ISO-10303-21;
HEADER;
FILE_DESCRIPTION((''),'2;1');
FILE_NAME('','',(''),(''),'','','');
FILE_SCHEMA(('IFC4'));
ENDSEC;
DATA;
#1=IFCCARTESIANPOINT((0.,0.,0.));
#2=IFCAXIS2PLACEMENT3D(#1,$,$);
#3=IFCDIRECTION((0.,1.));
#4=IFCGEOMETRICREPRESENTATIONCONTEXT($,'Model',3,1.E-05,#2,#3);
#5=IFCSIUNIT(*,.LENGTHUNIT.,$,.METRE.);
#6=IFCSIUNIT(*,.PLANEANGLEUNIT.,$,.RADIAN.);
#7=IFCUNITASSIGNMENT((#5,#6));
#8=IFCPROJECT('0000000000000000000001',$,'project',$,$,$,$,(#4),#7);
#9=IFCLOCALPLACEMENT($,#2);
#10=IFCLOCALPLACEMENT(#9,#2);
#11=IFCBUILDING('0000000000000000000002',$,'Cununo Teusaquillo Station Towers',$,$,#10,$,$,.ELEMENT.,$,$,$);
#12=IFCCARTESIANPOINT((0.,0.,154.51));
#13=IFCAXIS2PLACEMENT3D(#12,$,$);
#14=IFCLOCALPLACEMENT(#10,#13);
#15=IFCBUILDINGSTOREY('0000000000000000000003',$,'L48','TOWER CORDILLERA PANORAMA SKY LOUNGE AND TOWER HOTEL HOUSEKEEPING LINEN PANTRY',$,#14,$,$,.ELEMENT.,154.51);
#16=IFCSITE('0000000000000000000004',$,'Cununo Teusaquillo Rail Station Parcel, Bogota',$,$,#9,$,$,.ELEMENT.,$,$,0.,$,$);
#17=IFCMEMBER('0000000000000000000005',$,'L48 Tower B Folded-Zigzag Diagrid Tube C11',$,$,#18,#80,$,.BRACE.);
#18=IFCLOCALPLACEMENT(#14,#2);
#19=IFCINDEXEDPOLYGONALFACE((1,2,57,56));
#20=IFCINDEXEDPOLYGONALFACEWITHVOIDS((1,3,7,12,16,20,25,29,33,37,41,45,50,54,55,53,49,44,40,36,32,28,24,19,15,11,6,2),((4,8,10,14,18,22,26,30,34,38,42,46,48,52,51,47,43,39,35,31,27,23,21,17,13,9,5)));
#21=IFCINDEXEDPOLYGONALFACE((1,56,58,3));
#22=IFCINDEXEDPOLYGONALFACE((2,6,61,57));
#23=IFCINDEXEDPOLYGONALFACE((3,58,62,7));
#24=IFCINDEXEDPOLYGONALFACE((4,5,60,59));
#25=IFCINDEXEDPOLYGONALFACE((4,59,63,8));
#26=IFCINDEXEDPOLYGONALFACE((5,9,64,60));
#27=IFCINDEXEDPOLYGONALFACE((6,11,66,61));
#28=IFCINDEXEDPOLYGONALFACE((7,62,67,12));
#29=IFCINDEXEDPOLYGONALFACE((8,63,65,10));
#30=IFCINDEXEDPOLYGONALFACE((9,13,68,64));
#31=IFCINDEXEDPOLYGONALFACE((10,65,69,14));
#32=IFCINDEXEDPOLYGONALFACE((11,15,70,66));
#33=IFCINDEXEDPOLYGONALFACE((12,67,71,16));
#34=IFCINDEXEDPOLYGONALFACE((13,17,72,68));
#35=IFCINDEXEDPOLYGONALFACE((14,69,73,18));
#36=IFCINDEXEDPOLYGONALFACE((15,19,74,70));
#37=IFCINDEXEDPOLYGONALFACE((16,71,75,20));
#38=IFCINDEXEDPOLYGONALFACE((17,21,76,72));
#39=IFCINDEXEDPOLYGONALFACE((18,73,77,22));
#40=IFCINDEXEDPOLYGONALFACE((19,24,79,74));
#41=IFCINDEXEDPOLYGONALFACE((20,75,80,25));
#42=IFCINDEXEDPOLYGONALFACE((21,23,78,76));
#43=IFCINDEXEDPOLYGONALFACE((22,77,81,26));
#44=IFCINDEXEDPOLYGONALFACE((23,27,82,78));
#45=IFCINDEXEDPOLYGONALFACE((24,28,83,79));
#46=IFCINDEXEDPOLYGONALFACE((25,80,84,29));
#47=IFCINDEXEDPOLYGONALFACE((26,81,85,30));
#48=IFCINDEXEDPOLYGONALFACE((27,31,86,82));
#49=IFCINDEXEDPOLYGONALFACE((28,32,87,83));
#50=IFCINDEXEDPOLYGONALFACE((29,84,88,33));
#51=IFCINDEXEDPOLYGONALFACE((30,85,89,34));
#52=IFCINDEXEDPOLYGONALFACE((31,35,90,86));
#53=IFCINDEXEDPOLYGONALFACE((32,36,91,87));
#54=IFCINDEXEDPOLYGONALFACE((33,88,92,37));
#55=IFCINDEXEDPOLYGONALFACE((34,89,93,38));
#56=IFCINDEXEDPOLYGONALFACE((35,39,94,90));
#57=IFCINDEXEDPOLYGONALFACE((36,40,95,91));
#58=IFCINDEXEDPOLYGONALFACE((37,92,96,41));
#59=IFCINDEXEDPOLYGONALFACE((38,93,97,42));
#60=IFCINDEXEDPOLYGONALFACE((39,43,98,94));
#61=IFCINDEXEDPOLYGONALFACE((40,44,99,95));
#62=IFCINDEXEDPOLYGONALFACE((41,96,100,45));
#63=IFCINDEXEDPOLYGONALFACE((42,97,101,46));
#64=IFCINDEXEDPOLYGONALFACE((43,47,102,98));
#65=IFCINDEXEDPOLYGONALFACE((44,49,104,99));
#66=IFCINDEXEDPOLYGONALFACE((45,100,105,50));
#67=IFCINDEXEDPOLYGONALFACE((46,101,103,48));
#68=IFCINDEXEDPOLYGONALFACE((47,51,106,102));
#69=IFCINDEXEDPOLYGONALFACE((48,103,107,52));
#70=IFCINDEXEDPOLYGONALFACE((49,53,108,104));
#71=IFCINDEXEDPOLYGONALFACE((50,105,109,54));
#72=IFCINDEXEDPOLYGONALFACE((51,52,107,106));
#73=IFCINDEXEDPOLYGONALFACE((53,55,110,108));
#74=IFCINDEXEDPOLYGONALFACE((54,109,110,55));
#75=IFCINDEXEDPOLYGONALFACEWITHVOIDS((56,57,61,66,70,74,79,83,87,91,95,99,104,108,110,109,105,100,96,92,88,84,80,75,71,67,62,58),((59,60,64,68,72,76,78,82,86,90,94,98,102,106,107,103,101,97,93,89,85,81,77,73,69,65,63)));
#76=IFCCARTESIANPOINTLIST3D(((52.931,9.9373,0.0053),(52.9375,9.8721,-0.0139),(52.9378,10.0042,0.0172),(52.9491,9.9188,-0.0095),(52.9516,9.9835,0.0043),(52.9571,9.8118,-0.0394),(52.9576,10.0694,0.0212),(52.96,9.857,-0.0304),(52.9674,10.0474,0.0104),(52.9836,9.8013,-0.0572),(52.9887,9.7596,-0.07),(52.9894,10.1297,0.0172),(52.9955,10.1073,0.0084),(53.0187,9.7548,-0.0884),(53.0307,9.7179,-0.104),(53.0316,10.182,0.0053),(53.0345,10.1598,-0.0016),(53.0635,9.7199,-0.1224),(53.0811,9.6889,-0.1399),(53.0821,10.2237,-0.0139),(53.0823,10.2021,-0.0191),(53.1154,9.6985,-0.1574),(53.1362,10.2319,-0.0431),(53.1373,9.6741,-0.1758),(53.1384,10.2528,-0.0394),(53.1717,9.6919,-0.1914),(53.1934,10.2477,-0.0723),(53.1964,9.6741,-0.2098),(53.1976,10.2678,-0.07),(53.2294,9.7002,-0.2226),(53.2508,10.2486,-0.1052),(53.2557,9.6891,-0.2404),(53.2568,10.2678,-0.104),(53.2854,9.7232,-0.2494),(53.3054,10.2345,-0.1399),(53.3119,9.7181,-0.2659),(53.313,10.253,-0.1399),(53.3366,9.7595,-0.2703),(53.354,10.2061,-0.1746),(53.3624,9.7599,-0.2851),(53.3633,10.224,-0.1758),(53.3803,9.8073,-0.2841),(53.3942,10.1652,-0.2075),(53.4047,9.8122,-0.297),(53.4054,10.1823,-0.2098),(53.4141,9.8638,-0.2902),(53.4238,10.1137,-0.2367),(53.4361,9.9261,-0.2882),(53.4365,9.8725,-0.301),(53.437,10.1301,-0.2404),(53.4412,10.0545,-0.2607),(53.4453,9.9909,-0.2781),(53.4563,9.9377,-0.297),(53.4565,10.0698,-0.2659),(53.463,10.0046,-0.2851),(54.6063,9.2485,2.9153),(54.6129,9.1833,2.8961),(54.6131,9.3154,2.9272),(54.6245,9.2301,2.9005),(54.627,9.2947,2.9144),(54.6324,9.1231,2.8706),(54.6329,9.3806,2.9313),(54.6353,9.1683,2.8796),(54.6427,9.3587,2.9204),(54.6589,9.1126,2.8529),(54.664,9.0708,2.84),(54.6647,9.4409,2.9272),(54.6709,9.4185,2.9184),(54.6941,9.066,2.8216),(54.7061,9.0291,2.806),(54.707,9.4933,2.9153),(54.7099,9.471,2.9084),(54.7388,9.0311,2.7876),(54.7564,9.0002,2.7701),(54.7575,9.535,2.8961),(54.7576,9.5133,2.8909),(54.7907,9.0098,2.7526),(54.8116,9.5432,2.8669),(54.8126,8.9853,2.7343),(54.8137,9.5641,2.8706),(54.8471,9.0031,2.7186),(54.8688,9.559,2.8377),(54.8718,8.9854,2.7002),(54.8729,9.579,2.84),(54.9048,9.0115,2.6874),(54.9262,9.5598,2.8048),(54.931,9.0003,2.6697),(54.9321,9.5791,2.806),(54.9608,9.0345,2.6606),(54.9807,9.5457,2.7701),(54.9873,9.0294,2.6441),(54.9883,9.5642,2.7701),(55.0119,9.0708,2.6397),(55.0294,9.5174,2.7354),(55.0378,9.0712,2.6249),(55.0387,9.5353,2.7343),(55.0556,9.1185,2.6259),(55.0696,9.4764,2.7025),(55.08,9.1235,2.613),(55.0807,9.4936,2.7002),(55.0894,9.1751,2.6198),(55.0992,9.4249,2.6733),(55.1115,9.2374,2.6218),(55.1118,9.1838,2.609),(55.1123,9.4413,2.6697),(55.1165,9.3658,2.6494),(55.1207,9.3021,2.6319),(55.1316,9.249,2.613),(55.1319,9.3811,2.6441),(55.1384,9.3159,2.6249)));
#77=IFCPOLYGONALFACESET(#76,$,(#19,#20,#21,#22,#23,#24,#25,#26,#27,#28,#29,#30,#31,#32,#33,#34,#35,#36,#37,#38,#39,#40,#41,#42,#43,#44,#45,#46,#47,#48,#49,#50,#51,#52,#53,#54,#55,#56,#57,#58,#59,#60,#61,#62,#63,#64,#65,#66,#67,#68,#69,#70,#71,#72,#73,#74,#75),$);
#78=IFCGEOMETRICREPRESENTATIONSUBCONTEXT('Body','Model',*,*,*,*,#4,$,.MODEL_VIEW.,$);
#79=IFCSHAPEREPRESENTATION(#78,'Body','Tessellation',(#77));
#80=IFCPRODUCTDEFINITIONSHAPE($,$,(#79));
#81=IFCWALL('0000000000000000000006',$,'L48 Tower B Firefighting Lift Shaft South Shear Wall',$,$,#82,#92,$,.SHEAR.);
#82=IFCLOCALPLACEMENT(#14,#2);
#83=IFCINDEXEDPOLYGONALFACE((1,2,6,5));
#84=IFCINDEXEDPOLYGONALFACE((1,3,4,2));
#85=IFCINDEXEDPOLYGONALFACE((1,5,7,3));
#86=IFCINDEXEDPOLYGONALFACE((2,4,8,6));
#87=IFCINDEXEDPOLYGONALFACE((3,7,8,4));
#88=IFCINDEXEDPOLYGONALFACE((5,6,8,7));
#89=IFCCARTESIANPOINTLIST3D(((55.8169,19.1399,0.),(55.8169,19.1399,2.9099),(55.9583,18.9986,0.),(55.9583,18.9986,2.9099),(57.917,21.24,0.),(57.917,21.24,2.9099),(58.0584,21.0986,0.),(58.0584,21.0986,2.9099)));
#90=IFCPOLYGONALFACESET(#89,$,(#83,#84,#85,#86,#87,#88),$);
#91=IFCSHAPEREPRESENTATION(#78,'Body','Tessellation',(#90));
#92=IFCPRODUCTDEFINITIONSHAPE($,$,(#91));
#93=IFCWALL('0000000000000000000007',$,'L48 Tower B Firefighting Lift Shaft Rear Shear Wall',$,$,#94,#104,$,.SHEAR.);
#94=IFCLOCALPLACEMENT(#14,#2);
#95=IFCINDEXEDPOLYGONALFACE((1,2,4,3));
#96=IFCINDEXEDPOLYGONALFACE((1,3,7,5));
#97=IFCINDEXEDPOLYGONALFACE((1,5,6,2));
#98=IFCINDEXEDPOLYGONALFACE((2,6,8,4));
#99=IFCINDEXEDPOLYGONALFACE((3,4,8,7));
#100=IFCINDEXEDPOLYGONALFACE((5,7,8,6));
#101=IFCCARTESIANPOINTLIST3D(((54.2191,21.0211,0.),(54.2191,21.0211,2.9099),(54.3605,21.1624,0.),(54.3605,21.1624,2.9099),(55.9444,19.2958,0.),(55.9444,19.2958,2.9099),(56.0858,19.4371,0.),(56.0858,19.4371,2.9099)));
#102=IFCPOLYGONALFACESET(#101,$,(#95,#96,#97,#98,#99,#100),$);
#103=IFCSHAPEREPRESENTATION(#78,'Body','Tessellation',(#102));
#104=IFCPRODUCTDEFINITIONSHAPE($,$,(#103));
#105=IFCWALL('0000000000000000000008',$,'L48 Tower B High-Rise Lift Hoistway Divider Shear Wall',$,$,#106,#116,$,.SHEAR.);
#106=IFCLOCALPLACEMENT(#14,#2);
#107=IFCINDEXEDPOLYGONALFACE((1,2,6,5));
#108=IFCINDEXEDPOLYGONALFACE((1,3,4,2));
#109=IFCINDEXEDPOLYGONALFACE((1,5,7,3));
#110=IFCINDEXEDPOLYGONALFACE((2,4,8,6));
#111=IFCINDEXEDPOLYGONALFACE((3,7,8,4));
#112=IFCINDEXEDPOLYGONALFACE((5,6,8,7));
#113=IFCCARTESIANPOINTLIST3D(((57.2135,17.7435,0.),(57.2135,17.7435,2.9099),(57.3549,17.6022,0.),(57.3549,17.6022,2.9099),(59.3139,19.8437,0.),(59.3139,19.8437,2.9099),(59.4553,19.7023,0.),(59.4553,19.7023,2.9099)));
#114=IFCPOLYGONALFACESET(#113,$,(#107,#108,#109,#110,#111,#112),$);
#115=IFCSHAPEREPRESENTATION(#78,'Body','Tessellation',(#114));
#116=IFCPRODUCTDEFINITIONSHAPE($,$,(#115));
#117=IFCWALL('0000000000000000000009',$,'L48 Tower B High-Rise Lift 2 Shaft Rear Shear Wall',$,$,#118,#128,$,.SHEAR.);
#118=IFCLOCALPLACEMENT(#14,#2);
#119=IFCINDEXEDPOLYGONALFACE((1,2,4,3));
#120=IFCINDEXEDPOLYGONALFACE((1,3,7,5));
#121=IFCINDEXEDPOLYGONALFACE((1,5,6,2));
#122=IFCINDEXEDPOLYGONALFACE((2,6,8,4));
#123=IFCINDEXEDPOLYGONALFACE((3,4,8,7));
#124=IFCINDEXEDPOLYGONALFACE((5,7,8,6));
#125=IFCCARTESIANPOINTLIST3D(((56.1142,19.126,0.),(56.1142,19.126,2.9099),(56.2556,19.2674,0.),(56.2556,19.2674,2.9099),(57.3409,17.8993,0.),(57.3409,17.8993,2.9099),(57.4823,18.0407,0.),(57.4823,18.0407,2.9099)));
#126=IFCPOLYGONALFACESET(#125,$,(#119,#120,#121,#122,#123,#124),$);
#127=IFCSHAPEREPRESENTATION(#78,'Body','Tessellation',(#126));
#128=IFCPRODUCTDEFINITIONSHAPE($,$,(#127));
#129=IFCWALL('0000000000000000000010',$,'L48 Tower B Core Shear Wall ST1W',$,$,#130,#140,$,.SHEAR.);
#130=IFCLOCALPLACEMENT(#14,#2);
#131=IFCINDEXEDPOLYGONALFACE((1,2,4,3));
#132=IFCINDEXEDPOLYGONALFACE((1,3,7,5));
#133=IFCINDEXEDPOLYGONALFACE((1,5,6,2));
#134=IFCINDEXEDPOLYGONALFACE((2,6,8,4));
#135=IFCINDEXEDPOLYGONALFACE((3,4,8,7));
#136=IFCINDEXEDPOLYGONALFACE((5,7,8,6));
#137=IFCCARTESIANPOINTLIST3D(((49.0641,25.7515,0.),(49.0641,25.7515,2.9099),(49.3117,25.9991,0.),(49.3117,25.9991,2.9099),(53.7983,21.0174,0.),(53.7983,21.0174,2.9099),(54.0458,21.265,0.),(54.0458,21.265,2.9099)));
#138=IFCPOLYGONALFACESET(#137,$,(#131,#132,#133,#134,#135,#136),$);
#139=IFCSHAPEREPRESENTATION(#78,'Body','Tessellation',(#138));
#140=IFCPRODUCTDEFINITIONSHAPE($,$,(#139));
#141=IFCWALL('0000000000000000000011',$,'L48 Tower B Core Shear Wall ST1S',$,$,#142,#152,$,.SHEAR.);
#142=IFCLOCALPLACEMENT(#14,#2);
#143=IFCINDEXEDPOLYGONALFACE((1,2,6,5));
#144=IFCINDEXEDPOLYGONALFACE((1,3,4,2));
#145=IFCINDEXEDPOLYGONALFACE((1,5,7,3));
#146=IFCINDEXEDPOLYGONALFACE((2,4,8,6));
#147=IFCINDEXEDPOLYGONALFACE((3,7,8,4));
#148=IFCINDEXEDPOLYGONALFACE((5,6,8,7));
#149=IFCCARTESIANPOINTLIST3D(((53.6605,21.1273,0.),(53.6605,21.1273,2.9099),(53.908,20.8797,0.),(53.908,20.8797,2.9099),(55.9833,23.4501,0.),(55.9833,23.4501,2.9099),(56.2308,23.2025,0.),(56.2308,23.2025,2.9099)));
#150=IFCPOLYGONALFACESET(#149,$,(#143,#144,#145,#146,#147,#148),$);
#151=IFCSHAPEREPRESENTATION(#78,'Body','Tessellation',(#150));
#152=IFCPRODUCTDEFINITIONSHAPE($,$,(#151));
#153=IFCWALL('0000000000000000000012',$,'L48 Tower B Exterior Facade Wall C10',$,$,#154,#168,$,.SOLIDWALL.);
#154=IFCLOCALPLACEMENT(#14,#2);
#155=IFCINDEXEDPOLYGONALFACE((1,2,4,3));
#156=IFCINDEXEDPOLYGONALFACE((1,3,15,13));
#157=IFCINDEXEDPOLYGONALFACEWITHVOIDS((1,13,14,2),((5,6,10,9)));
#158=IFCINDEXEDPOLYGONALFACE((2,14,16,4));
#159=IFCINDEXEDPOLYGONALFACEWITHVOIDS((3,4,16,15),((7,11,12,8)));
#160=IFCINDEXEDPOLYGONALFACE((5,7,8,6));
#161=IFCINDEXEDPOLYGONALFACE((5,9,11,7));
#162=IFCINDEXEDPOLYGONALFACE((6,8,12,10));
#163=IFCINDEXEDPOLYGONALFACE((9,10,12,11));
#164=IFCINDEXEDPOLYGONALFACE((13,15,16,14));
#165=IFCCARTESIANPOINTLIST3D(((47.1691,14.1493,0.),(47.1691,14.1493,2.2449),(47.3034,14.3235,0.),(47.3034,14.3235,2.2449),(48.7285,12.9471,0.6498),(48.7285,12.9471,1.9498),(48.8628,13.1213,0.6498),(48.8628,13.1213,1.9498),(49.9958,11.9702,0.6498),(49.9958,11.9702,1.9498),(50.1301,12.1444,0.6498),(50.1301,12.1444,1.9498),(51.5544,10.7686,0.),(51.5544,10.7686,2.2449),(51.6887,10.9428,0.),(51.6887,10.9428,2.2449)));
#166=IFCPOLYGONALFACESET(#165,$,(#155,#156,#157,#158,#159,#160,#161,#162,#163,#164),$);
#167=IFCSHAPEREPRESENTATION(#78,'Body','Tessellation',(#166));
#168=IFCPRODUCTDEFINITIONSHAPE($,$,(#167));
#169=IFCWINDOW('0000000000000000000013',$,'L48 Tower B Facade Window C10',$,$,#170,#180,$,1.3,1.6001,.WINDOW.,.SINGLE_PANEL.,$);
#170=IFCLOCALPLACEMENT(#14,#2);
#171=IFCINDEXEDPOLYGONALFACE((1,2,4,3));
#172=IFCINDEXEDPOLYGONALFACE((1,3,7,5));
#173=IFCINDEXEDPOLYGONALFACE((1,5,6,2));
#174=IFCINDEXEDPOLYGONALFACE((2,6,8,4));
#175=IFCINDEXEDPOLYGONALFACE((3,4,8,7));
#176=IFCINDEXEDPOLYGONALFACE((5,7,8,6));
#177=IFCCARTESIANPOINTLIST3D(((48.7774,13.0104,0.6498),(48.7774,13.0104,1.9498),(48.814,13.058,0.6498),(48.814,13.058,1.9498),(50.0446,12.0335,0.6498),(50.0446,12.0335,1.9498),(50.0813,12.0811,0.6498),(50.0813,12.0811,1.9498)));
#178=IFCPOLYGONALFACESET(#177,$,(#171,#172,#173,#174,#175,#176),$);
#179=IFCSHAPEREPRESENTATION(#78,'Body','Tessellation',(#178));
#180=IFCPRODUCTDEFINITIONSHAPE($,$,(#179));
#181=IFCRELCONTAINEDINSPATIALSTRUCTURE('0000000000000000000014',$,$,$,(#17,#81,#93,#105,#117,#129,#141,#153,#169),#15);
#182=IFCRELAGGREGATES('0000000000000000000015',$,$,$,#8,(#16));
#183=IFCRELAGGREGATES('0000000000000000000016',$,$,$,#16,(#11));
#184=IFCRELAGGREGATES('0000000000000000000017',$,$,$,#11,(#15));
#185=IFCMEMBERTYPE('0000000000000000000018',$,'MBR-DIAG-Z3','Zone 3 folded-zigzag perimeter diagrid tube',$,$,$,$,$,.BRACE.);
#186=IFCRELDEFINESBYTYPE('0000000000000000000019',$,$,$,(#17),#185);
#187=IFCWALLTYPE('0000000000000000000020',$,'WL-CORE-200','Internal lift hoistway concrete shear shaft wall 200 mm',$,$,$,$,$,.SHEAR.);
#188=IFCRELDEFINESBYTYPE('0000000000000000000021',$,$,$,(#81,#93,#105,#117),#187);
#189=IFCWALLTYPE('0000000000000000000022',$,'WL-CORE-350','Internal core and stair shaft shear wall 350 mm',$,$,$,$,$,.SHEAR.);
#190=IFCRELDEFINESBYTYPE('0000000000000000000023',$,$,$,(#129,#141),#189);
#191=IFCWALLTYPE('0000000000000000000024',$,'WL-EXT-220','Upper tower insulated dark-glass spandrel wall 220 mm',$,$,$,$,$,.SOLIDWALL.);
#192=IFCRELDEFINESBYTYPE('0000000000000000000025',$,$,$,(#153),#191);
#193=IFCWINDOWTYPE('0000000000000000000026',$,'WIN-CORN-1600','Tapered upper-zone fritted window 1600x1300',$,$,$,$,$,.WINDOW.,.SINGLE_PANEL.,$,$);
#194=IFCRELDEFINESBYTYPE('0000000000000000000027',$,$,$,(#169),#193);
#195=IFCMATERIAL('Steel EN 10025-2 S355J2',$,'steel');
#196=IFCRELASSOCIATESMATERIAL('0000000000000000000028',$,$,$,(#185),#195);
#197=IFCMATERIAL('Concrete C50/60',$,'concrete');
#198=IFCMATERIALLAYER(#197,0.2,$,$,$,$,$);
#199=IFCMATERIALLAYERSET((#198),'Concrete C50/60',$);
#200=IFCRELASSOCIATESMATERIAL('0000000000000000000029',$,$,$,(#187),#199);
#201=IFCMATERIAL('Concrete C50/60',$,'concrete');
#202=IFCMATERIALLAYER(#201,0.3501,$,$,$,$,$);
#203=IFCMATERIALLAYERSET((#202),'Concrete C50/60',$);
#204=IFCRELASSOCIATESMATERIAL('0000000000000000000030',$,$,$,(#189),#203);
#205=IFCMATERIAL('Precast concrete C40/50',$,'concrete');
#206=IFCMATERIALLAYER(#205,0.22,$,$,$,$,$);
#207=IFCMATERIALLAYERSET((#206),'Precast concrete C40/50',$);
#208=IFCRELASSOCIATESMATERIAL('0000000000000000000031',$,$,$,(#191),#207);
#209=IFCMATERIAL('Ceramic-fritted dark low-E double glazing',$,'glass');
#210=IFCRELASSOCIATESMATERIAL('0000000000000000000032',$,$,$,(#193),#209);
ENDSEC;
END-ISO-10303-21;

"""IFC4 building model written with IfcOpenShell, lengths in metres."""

from ifc_helpers import new_model, si_unit, direction, frame, frame_2d, origin, origin_2d, place, context, subcontext, project, spatial, rectangle, hollow_circle, extrude, source, transform, mapped, material, layer, layer_set, material_profile, profile_set, type_object, element, fill, save


model = new_model("IFC4")

# Units and contexts
model_context = context("Model", 3, precision=1e-05, world=origin(), true_north=direction((0.0, 1.0)))
body_context = subcontext(model_context, "Body", "Model", "MODEL_VIEW")
ifc_project = project(units=[si_unit("LENGTHUNIT", "METRE"), si_unit("PLANEANGLEUNIT", "RADIAN")], contexts=[model_context])

# Site, building, storey
site_placement = place(None, origin())
site = spatial("IfcSite", under=ifc_project, at=site_placement, Name="Cununo Teusaquillo Rail Station Parcel, Bogota", CompositionType="ELEMENT", RefElevation=0.0)
building_placement = place(site_placement, origin())
building = spatial("IfcBuilding", under=site, at=building_placement, Name="Cununo Teusaquillo Station Towers", CompositionType="ELEMENT")
storey_placement = place(building_placement, frame((0.0, 0.0, 154.51)))
storey = spatial("IfcBuildingStorey", under=building, at=storey_placement, Name="L48", Description="TOWER CORDILLERA PANORAMA SKY LOUNGE AND TOWER HOTEL HOUSEKEEPING LINEN PANTRY", CompositionType="ELEMENT", Elevation=154.51)

# Member
ifc_material_1 = material(Name="Steel EN 10025-2 S355J2", Category="steel")
ifc_material_profile_1 = material_profile(ifc_material_1, hollow_circle(Radius=0.3049, WallThickness=0.02, at=origin_2d()), Name="CHS 610x20")
ifc_profile_set_1 = profile_set([ifc_material_profile_1], Name="Steel EN 10025-2 S355J2")
member_type = type_object("IfcMemberType", Name="MBR-DIAG-Z3", Description="Zone 3 folded-zigzag perimeter diagrid tube", PredefinedType="BRACE", material=ifc_profile_set_1)
member_placement = place(storey_placement, frame((53.197, 9.9709, -0.1399), z_axis=(0.488764, -0.200933, 0.848962), x_axis=(0.380228, 0.924893, 0.0)))
element("IfcMember", 1, at=member_placement, inside=storey, type_object=member_type, Name="L48 Tower B Folded-Zigzag Diagrid Tube C11", PredefinedType="BRACE", context=body_context, shape_type="SweptSolid", body=[
    extrude(hollow_circle(Radius=0.3049, WallThickness=0.02, at=origin_2d()), origin(), (0.0, 0.0, 1.0), 3.4277),
])

# Walls
ifc_material_2 = material(Name="Concrete C50/60", Category="concrete")
ifc_layer_1 = layer(ifc_material_2, 0.2)
ifc_layer_set_1 = layer_set([ifc_layer_1], Name="Concrete C50/60")
wall_type_1 = type_object("IfcWallType", Name="WL-CORE-200", Description="Internal lift hoistway concrete shear shaft wall 200 mm", PredefinedType="SHEAR", material=ifc_layer_set_1)
wall_1_placement = place(storey_placement, frame((55.8877, 19.0693, 0.0), z_axis=(0.0, 0.0, 1.0), x_axis=(0.707107, 0.707107, 0.0)))
element("IfcWall", 2, at=wall_1_placement, inside=storey, type_object=wall_type_1, Name="L48 Tower B Firefighting Lift Shaft South Shear Wall", PredefinedType="SHEAR", context=body_context, shape_type="SweptSolid", body=[
    extrude(rectangle(XDim=2.97, YDim=0.2, at=frame_2d((1.4849, 0.0))), origin(), (0.0, 0.0, 1.0), 2.9099),
])
wall_2_placement = place(storey_placement, frame((56.0151, 19.3665, 0.0), z_axis=(0.0, 0.0, 1.0), x_axis=(-0.707107, 0.707107, 0.0)))
element("IfcWall", 3, at=wall_2_placement, inside=storey, type_object=wall_type_1, Name="L48 Tower B Firefighting Lift Shaft Rear Shear Wall", PredefinedType="SHEAR", context=body_context, shape_type="SweptSolid", body=[
    extrude(rectangle(XDim=2.4399, YDim=0.2, at=frame_2d((1.22, 0.0))), origin(), (0.0, 0.0, 1.0), 2.9099),
])
wall_3_placement = place(storey_placement, frame((57.2842, 17.6729, 0.0), z_axis=(0.0, 0.0, 1.0), x_axis=(0.707148, 0.707066, 0.0)))
element("IfcWall", 4, at=wall_3_placement, inside=storey, type_object=wall_type_1, Name="L48 Tower B High-Rise Lift Hoistway Divider Shear Wall", PredefinedType="SHEAR", context=body_context, shape_type="SweptSolid", body=[
    extrude(rectangle(XDim=2.9702, YDim=0.2, at=frame_2d((1.4851, 0.0))), origin(), (0.0, 0.0, 1.0), 2.9099),
])
wall_4_placement = place(storey_placement, frame((57.4116, 17.97, 0.0), z_axis=(0.0, 0.0, 1.0), x_axis=(-0.707107, 0.707107, 0.0)))
element("IfcWall", 5, at=wall_4_placement, inside=storey, type_object=wall_type_1, Name="L48 Tower B High-Rise Lift 2 Shaft Rear Shear Wall", PredefinedType="SHEAR", context=body_context, shape_type="SweptSolid", body=[
    extrude(rectangle(XDim=1.7349, YDim=0.2, at=frame_2d((0.8674, 0.0))), origin(), (0.0, 0.0, 1.0), 2.9099),
])
ifc_material_3 = material(Name="Concrete C50/60", Category="concrete")
ifc_layer_2 = layer(ifc_material_3, 0.3501)
ifc_layer_set_2 = layer_set([ifc_layer_2], Name="Concrete C50/60")
wall_type_2 = type_object("IfcWallType", Name="WL-CORE-350", Description="Internal core and stair shaft shear wall 350 mm", PredefinedType="SHEAR", material=ifc_layer_set_2)
wall_5_placement = place(storey_placement, frame((53.9221, 21.1411, 0.0), z_axis=(0.0, 0.0, 1.0), x_axis=(-0.707107, 0.707107, 0.0)))
element("IfcWall", 6, at=wall_5_placement, inside=storey, type_object=wall_type_2, Name="L48 Tower B Core Shear Wall ST1W", PredefinedType="SHEAR", context=body_context, shape_type="SweptSolid", body=[
    extrude(rectangle(XDim=6.6951, YDim=0.3501, at=frame_2d((3.3477, 0.0))), origin(), (0.0, 0.0, 1.0), 2.9099),
])
wall_6_placement = place(storey_placement, frame((53.7842, 21.0034, 0.0), z_axis=(0.0, 0.0, 1.0), x_axis=(0.707107, 0.707107, 0.0)))
element("IfcWall", 7, at=wall_6_placement, inside=storey, type_object=wall_type_2, Name="L48 Tower B Core Shear Wall ST1S", PredefinedType="SHEAR", context=body_context, shape_type="SweptSolid", body=[
    extrude(rectangle(XDim=3.2849, YDim=0.3501, at=frame_2d((1.6426, 0.0))), origin(), (0.0, 0.0, 1.0), 2.9099),
])

# Wall, opening, window
ifc_material_4 = material(Name="Precast concrete C40/50", Category="concrete")
ifc_layer_3 = layer(ifc_material_4, 0.22)
ifc_layer_set_3 = layer_set([ifc_layer_3], Name="Precast concrete C40/50")
wall_type_3 = type_object("IfcWallType", Name="WL-EXT-220", Description="Upper tower insulated dark-glass spandrel wall 220 mm", PredefinedType="SOLIDWALL", material=ifc_layer_set_3)
wall_7_placement = place(storey_placement, frame((51.6216, 10.8557, 0.0), z_axis=(0.0, 0.0, 1.0), x_axis=(-0.791983, 0.610544, 0.0)))
wall_7 = element("IfcWall", 8, at=wall_7_placement, inside=storey, type_object=wall_type_3, Name="L48 Tower B Exterior Facade Wall C10", PredefinedType="SOLIDWALL", context=body_context, shape_type="SweptSolid", body=[
    extrude(rectangle(XDim=5.5371, YDim=0.22, at=frame_2d((2.7686, 0.0))), origin(), (0.0, 0.0, 1.0), 2.2449),
])
shared_shape_1 = source(origin(), body_context, "Body", "SweptSolid", [
    extrude(rectangle(XDim=1.6001, YDim=1.3, at=frame_2d((0.8, 0.6499))), frame((0.0, 0.1199, 0.0), z_axis=(0.0, -1.0, 0.0), x_axis=(1.0, 0.0, 0.0)), (0.0, 0.0, 1.0), 0.24),
])
opening_1_placement = place(wall_7_placement, frame((1.968, 0.0, 0.6499)))
opening_1 = element("IfcOpeningElement", 9, at=opening_1_placement, cuts=wall_7, PredefinedType="OPENING", context=body_context, shape_type="MappedRepresentation", body=[
    mapped(shared_shape_1, transform((0.0, 0.0, 0.0), x_axis=(1.0, 0.0, 0.0), y_axis=(0.0, 1.0, 0.0), z_axis=(0.0, 0.0, 1.0), scale=1.0)),
])
ifc_material_5 = material(Name="Ceramic-fritted dark low-E double glazing", Category="glass")
window_type = type_object("IfcWindowType", Name="WIN-CORN-1600", Description="Tapered upper-zone fritted window 1600x1300", PartitioningType="SINGLE_PANEL", PredefinedType="WINDOW", material=ifc_material_5)
shared_shape_2 = source(origin(), body_context, "Body", "SweptSolid", [
    extrude(rectangle(XDim=1.6001, YDim=1.3, at=frame_2d((0.8, 0.6499))), frame((0.0, 0.03, 0.0), z_axis=(0.0, -1.0, 0.0), x_axis=(1.0, 0.0, 0.0)), (0.0, 0.0, 1.0), 0.0601),
])
window_placement = place(opening_1_placement, origin())
window = element("IfcWindow", 10, at=window_placement, inside=storey, type_object=window_type, Name="L48 Tower B Facade Window C10", OverallHeight=1.3, OverallWidth=1.6001, PartitioningType="SINGLE_PANEL", PredefinedType="WINDOW", context=body_context, shape_type="MappedRepresentation", body=[
    mapped(shared_shape_2, transform((0.0, 0.0, 0.0), x_axis=(1.0, 0.0, 0.0), y_axis=(0.0, 1.0, 0.0), z_axis=(0.0, 0.0, 1.0), scale=1.0)),
])
fill(opening_1, window)

save(model, "model.ifc")
